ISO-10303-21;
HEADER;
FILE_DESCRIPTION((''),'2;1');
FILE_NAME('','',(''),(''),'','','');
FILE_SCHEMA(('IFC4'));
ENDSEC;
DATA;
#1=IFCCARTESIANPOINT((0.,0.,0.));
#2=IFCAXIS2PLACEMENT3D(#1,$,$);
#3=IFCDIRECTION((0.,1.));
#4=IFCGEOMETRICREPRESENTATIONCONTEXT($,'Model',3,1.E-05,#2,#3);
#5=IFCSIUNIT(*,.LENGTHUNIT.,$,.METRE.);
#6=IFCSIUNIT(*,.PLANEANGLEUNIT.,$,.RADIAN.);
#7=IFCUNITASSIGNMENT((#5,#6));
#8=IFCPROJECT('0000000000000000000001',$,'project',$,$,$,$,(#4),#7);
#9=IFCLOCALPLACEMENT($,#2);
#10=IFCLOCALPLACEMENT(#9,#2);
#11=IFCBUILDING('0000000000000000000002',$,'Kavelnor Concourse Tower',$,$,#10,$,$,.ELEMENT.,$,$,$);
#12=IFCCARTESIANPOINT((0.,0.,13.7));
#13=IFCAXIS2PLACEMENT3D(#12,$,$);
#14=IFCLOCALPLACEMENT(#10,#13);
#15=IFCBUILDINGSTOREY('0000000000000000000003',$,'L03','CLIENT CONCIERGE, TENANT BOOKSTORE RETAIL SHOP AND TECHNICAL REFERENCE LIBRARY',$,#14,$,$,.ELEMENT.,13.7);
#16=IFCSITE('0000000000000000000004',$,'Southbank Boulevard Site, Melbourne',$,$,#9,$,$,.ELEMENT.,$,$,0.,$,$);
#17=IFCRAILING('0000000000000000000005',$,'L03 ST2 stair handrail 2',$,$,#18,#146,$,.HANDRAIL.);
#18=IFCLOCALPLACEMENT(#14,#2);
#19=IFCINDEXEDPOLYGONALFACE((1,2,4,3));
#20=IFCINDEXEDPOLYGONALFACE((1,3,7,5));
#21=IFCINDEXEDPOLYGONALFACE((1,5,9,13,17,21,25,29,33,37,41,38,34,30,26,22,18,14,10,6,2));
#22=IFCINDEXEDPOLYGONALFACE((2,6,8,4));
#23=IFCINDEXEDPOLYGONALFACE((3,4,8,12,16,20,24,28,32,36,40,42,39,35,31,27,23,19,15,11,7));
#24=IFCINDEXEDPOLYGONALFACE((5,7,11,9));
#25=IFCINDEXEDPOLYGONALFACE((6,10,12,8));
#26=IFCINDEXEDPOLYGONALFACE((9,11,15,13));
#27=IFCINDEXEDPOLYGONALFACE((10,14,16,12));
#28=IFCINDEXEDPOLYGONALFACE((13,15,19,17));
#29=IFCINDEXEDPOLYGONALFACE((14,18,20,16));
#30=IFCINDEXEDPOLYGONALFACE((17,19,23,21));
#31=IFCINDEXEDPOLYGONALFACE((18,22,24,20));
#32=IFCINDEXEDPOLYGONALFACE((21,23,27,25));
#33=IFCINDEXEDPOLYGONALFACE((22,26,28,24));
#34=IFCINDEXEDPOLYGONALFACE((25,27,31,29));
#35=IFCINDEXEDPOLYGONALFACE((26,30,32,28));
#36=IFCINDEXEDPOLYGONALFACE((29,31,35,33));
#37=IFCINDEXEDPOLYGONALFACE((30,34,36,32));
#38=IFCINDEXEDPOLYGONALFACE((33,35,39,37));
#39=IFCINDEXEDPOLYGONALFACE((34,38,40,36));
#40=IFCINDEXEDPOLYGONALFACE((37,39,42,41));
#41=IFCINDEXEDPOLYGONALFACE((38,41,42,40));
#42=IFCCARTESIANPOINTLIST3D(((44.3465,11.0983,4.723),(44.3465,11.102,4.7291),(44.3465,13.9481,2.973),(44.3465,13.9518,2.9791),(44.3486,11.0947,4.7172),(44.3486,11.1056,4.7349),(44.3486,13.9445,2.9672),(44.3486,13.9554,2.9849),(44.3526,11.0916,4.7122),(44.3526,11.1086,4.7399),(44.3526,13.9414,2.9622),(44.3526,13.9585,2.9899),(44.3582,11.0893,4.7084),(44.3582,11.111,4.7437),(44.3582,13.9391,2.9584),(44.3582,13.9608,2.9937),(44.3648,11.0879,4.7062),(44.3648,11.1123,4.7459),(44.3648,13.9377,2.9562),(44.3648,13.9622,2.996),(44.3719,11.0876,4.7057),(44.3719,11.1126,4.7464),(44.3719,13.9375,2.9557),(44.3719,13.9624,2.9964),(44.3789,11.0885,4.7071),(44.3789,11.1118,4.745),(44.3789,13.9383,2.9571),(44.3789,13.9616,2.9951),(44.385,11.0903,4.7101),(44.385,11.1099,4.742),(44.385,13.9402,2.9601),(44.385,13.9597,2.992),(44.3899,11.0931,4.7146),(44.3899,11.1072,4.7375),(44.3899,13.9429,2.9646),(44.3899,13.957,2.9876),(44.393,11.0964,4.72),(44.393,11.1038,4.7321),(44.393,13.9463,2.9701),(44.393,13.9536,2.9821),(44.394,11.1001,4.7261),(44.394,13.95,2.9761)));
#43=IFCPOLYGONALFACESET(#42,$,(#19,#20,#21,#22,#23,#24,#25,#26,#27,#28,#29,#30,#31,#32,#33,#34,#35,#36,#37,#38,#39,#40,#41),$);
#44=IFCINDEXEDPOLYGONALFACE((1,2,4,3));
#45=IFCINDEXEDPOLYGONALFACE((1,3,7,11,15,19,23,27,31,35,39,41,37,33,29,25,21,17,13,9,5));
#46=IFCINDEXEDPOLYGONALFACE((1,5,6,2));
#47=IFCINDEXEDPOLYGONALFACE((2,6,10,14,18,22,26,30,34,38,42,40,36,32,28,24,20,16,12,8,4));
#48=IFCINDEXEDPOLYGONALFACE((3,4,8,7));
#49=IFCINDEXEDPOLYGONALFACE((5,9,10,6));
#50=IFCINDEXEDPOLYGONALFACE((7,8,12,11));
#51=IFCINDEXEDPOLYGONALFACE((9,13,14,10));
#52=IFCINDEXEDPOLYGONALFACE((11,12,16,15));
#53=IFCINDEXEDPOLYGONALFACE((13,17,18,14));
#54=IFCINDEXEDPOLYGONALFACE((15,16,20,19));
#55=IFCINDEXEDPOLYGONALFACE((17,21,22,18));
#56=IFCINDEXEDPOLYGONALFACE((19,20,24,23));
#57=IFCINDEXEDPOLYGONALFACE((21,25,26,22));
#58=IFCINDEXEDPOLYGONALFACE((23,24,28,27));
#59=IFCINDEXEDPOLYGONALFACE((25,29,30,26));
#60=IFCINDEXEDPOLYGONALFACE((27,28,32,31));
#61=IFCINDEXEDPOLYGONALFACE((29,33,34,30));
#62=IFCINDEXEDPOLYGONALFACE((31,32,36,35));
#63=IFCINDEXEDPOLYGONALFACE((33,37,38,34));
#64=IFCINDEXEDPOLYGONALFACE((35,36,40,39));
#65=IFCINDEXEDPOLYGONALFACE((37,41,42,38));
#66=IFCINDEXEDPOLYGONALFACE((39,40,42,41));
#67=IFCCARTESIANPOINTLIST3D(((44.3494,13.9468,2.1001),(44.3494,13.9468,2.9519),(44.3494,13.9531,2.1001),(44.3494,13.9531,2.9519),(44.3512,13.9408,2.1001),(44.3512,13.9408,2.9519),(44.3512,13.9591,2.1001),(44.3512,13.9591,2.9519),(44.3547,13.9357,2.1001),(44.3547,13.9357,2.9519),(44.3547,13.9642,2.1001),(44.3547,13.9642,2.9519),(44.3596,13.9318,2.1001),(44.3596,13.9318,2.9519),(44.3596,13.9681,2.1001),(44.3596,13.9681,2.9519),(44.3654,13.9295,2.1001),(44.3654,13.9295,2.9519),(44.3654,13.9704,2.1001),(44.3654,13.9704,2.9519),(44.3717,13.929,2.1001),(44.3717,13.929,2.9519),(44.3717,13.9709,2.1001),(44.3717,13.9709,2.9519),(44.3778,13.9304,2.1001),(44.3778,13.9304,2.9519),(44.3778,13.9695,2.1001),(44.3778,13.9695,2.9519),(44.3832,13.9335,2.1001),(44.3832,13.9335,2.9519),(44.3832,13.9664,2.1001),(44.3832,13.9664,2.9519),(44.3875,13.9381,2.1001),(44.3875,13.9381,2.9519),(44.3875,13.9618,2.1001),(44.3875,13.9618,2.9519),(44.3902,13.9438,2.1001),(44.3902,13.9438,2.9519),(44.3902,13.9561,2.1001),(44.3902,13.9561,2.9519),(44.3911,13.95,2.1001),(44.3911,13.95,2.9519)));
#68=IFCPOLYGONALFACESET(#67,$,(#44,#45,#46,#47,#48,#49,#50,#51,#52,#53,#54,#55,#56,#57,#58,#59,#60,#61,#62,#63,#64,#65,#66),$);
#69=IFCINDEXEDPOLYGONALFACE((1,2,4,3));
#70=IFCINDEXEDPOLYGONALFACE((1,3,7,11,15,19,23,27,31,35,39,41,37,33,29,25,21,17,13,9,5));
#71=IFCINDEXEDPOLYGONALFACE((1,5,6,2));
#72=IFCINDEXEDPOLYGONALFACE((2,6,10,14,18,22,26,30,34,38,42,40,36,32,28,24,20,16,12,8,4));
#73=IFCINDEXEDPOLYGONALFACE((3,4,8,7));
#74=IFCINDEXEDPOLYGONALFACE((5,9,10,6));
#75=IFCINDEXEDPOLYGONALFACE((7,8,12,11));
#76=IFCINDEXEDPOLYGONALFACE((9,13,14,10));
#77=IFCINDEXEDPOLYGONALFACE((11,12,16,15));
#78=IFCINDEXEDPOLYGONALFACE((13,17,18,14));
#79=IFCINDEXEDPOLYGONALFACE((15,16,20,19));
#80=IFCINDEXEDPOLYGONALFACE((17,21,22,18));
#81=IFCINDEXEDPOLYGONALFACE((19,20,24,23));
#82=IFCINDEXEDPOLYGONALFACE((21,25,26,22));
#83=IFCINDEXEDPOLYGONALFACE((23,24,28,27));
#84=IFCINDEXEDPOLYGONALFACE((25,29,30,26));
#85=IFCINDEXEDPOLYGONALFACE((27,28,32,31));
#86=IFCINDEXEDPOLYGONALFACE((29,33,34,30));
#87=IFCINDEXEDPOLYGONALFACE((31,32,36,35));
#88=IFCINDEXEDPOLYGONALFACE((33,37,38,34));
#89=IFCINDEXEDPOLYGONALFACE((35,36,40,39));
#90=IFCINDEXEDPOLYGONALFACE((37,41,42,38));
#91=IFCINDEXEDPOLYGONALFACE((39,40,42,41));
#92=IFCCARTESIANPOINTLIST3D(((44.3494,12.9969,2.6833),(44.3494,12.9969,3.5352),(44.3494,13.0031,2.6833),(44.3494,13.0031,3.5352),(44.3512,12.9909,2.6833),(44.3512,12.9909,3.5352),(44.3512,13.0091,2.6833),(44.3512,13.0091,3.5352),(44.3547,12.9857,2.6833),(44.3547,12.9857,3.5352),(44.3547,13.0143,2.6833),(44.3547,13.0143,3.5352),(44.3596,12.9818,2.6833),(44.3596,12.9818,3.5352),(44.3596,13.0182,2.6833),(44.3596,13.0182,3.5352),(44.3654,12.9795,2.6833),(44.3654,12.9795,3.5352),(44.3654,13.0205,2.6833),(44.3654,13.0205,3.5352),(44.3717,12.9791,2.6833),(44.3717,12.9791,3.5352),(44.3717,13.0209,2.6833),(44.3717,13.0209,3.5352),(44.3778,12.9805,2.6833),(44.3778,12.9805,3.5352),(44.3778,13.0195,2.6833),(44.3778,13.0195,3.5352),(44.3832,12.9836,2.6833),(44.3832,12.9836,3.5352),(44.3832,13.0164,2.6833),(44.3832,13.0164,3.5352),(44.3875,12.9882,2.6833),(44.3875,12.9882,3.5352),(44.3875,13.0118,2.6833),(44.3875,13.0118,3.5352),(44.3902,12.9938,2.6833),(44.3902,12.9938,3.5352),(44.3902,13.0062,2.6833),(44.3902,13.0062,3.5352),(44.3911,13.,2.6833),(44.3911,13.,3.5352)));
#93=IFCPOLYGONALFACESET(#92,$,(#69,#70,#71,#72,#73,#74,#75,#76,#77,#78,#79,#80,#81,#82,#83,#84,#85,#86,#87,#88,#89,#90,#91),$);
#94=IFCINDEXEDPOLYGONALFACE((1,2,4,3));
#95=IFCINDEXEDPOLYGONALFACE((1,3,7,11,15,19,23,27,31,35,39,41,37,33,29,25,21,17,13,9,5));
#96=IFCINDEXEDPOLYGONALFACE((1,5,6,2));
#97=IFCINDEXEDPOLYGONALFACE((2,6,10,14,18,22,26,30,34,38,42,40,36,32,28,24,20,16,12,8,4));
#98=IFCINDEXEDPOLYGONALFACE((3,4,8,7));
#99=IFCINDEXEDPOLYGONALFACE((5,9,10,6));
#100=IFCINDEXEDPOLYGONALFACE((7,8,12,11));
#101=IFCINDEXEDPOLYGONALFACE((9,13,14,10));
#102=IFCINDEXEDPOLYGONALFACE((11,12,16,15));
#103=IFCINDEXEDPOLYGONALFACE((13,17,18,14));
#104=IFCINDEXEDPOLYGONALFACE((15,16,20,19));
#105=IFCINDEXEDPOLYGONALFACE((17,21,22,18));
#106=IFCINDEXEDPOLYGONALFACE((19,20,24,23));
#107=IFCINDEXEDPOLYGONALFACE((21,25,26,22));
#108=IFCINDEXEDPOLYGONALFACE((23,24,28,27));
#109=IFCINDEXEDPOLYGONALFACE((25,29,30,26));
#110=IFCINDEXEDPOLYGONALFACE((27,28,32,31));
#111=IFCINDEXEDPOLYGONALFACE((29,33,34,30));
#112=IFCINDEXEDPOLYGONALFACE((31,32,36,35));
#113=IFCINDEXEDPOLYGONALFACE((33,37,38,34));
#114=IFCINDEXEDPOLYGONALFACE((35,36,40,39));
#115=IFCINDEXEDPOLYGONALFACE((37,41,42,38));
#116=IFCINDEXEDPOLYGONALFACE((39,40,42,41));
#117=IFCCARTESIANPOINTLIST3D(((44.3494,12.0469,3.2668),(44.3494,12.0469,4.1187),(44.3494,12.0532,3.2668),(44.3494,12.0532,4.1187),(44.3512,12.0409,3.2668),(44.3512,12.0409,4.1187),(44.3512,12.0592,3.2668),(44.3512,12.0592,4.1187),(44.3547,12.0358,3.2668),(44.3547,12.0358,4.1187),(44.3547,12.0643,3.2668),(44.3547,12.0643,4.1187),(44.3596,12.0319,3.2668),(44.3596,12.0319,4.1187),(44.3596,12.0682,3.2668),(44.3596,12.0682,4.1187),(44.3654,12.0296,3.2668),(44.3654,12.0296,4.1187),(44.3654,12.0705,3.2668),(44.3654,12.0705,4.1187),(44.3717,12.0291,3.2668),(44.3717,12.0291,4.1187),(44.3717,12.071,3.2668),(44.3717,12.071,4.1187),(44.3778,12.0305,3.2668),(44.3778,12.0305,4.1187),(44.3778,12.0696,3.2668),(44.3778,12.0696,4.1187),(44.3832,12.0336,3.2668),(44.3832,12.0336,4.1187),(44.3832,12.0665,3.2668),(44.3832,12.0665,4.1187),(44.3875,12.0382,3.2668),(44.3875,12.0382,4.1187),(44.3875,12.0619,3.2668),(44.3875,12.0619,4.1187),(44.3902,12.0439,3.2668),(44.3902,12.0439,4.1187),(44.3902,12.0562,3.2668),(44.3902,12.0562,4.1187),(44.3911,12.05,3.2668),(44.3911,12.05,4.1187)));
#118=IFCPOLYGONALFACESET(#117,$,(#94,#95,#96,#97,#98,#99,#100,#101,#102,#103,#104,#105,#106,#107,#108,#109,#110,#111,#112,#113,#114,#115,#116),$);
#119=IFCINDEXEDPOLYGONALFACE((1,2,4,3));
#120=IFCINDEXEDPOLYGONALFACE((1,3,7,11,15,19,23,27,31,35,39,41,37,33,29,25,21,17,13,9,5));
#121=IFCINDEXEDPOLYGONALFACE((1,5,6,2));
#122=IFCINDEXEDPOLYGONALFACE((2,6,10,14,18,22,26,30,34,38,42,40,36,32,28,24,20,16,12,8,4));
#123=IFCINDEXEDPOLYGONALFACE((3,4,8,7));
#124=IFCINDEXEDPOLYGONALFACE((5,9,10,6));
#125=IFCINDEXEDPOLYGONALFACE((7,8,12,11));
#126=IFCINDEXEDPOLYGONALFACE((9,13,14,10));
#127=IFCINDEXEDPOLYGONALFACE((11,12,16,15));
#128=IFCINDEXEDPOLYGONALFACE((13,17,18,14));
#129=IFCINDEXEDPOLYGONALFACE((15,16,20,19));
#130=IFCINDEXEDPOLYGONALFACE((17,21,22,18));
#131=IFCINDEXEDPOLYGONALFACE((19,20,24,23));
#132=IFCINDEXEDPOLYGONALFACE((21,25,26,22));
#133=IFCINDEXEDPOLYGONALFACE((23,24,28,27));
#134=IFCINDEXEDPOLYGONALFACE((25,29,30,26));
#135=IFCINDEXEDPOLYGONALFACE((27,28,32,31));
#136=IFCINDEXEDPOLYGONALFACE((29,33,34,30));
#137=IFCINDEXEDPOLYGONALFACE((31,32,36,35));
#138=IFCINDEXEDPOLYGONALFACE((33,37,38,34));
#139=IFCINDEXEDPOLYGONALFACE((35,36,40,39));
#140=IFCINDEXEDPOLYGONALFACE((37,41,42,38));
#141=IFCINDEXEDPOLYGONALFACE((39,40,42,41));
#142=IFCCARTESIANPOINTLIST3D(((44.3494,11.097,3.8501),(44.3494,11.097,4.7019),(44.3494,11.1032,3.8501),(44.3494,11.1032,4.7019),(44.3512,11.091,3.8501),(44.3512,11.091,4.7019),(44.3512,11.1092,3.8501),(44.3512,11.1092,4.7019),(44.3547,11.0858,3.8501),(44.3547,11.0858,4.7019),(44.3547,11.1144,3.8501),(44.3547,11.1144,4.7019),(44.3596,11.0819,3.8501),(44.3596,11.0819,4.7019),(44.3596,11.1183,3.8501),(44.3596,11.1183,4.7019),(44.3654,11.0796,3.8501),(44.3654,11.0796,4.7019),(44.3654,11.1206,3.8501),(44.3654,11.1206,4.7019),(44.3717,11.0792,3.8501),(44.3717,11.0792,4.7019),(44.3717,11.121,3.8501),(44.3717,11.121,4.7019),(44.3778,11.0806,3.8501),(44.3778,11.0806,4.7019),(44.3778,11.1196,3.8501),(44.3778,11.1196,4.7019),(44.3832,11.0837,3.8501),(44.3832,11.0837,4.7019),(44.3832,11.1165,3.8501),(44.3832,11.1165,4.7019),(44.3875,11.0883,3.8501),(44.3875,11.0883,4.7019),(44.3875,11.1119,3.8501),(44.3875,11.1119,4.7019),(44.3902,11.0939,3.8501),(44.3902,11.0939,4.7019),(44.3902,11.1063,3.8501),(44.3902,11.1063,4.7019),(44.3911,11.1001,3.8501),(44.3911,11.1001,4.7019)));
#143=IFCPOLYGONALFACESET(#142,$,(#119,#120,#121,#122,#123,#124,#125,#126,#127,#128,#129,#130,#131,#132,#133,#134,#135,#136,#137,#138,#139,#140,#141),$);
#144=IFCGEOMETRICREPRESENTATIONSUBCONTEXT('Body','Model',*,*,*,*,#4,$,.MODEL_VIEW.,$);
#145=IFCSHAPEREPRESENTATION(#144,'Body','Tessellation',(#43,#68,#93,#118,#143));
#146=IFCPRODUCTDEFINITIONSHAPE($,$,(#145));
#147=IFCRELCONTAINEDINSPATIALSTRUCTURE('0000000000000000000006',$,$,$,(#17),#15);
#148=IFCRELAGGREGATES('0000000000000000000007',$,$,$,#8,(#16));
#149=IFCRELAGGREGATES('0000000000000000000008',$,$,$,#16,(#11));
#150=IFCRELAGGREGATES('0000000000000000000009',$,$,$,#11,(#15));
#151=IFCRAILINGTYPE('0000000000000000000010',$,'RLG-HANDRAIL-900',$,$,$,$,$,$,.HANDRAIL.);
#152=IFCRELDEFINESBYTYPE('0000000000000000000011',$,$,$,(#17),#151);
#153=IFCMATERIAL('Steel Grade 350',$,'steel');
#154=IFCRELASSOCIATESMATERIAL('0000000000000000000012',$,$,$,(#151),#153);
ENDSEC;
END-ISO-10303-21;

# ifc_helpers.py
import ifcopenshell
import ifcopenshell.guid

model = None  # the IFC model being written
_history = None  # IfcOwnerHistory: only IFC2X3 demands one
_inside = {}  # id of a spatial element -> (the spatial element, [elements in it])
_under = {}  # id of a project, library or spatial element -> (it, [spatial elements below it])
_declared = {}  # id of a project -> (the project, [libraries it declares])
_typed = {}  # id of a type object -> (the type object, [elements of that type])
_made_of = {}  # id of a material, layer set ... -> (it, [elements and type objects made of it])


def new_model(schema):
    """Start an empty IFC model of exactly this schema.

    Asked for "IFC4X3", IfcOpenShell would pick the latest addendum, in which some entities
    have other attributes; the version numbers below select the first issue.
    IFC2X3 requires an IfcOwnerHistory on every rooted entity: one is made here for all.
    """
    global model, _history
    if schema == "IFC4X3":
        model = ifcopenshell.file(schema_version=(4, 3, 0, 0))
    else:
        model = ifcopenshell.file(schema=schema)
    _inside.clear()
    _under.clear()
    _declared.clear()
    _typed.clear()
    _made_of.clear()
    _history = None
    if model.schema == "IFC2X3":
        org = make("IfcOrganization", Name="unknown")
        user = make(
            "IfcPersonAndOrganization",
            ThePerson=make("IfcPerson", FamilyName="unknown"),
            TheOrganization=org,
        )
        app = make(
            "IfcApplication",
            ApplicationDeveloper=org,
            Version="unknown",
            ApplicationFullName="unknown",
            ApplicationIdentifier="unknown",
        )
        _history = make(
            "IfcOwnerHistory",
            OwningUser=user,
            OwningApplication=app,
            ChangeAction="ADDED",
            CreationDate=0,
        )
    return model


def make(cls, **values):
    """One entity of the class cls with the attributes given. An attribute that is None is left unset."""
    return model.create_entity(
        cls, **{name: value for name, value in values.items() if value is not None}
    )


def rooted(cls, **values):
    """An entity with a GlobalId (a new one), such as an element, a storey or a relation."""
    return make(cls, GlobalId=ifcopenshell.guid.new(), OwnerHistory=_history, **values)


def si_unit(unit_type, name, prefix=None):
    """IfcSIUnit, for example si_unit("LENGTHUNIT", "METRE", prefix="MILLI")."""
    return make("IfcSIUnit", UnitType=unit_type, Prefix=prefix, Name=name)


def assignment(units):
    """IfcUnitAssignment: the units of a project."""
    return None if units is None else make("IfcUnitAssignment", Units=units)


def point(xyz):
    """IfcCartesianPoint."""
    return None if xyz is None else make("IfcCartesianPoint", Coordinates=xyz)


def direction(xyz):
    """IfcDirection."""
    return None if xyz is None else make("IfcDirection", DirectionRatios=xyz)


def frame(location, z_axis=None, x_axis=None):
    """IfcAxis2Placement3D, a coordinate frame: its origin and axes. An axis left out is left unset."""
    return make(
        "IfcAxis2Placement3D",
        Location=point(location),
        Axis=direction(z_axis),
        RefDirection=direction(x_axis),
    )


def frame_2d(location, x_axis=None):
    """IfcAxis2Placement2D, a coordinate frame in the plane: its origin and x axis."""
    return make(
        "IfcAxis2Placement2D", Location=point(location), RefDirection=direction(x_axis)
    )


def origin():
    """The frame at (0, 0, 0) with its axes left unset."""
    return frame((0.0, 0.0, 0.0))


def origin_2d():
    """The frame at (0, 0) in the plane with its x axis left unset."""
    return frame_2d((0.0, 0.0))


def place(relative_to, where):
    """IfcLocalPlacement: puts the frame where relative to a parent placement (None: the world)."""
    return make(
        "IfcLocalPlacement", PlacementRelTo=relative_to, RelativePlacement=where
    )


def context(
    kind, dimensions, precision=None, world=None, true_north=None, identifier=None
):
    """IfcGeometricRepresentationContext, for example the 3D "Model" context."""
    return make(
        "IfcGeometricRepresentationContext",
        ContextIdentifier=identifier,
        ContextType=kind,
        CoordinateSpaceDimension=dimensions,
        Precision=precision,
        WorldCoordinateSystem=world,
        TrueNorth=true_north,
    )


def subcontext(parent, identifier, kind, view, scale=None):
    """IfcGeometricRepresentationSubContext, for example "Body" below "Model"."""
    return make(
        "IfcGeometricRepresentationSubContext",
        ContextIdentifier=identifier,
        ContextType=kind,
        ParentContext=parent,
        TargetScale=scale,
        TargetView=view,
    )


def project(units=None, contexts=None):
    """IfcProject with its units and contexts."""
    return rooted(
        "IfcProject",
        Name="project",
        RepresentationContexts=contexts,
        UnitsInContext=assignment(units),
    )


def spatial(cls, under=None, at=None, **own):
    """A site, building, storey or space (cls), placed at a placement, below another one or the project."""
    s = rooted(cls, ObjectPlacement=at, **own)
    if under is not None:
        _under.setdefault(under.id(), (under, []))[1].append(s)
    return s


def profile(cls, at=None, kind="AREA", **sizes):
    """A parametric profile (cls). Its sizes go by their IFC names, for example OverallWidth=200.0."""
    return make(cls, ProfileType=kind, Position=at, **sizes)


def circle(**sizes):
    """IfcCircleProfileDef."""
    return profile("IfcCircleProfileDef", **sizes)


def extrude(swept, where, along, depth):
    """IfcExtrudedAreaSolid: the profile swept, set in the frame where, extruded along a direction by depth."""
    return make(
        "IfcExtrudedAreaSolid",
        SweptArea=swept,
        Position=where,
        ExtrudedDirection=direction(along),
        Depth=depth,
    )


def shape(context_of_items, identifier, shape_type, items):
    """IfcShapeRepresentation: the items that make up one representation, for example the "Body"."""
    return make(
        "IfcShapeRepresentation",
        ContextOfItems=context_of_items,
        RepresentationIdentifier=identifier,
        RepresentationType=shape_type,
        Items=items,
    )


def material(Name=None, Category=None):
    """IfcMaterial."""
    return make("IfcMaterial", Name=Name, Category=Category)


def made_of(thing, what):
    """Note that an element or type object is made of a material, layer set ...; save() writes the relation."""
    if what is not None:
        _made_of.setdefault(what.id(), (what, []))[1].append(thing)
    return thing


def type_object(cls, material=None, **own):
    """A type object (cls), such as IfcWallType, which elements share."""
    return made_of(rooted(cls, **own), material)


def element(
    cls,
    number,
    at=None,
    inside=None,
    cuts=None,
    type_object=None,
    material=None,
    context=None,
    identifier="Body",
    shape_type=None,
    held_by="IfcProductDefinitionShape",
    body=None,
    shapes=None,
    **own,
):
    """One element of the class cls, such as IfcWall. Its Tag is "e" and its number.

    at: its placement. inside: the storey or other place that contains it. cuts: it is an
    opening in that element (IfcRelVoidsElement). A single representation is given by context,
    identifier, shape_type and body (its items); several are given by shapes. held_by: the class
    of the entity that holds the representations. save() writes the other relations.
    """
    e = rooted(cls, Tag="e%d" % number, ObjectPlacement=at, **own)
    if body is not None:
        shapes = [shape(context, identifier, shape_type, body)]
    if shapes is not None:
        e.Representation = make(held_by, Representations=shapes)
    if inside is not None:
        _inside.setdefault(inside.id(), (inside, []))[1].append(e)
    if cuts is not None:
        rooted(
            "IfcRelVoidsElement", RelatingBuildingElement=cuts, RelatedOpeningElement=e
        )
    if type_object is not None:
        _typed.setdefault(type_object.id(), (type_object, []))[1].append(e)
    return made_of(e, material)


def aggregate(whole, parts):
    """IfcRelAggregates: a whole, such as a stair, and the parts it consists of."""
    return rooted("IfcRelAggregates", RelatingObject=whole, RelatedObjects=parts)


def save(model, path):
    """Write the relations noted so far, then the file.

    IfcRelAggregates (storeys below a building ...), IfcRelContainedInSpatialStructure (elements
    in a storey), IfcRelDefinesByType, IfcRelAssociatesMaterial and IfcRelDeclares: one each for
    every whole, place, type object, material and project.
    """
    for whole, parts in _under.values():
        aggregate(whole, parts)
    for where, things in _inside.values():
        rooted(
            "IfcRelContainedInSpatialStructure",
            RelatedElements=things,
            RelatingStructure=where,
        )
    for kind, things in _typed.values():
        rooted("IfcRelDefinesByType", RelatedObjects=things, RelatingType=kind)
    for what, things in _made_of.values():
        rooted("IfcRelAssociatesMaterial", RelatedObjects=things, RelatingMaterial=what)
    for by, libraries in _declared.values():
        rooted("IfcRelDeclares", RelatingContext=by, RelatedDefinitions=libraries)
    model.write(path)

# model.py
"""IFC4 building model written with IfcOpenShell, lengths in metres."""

from ifc_helpers import new_model, si_unit, direction, frame, origin, origin_2d, place, context, subcontext, project, spatial, circle, extrude, material, type_object, element, save


model = new_model("IFC4")

# Units and contexts
model_context = context("Model", 3, precision=1e-05, world=origin(), true_north=direction((0.0, 1.0)))
body_context = subcontext(model_context, "Body", "Model", "MODEL_VIEW")
ifc_project = project(units=[si_unit("LENGTHUNIT", "METRE"), si_unit("PLANEANGLEUNIT", "RADIAN")], contexts=[model_context])

# Site, building, storey
site_placement = place(None, origin())
site = spatial("IfcSite", under=ifc_project, at=site_placement, Name="Southbank Boulevard Site, Melbourne", CompositionType="ELEMENT", RefElevation=0.0)
building_placement = place(site_placement, origin())
building = spatial("IfcBuilding", under=site, at=building_placement, Name="Kavelnor Concourse Tower", CompositionType="ELEMENT")
storey_placement = place(building_placement, frame((0.0, 0.0, 13.7)))
storey = spatial("IfcBuildingStorey", under=building, at=storey_placement, Name="L03", Description="CLIENT CONCIERGE, TENANT BOOKSTORE RETAIL SHOP AND TECHNICAL REFERENCE LIBRARY", CompositionType="ELEMENT", Elevation=13.7)

# Shared definitions
ifc_material_1 = material(Name="Steel Grade 350", Category="steel")

# Railing
railing_type_1 = type_object("IfcRailingType", Name="RLG-HANDRAIL-900", PredefinedType="HANDRAIL", material=ifc_material_1)
railing_1_placement = place(storey_placement, frame((44.3701, 13.95, 2.1001)))
element("IfcRailing", 1, at=railing_1_placement, inside=storey, type_object=railing_type_1, Name="L03 ST2 stair handrail 2", PredefinedType="HANDRAIL", context=body_context, shape_type="SweptSolid", body=[
    extrude(circle(Radius=0.0239, at=origin_2d()), frame((0.0, 0.0, 0.876), z_axis=(0.0, -0.852159, 0.523283), x_axis=(1.0, 0.0, 0.0)), (0.0, 0.0, 1.0), 3.3442),
    extrude(circle(Radius=0.021, at=origin_2d()), origin(), (0.0, 0.0, 1.0), 0.8518),
    extrude(circle(Radius=0.021, at=origin_2d()), frame((0.0, -0.95, 0.5833)), (0.0, 0.0, 1.0), 0.8518),
    extrude(circle(Radius=0.021, at=origin_2d()), frame((0.0, -1.8999, 1.1667)), (0.0, 0.0, 1.0), 0.8518),
    extrude(circle(Radius=0.021, at=origin_2d()), frame((0.0, -2.8499, 1.75)), (0.0, 0.0, 1.0), 0.8518),
])

save(model, "model.ifc")
